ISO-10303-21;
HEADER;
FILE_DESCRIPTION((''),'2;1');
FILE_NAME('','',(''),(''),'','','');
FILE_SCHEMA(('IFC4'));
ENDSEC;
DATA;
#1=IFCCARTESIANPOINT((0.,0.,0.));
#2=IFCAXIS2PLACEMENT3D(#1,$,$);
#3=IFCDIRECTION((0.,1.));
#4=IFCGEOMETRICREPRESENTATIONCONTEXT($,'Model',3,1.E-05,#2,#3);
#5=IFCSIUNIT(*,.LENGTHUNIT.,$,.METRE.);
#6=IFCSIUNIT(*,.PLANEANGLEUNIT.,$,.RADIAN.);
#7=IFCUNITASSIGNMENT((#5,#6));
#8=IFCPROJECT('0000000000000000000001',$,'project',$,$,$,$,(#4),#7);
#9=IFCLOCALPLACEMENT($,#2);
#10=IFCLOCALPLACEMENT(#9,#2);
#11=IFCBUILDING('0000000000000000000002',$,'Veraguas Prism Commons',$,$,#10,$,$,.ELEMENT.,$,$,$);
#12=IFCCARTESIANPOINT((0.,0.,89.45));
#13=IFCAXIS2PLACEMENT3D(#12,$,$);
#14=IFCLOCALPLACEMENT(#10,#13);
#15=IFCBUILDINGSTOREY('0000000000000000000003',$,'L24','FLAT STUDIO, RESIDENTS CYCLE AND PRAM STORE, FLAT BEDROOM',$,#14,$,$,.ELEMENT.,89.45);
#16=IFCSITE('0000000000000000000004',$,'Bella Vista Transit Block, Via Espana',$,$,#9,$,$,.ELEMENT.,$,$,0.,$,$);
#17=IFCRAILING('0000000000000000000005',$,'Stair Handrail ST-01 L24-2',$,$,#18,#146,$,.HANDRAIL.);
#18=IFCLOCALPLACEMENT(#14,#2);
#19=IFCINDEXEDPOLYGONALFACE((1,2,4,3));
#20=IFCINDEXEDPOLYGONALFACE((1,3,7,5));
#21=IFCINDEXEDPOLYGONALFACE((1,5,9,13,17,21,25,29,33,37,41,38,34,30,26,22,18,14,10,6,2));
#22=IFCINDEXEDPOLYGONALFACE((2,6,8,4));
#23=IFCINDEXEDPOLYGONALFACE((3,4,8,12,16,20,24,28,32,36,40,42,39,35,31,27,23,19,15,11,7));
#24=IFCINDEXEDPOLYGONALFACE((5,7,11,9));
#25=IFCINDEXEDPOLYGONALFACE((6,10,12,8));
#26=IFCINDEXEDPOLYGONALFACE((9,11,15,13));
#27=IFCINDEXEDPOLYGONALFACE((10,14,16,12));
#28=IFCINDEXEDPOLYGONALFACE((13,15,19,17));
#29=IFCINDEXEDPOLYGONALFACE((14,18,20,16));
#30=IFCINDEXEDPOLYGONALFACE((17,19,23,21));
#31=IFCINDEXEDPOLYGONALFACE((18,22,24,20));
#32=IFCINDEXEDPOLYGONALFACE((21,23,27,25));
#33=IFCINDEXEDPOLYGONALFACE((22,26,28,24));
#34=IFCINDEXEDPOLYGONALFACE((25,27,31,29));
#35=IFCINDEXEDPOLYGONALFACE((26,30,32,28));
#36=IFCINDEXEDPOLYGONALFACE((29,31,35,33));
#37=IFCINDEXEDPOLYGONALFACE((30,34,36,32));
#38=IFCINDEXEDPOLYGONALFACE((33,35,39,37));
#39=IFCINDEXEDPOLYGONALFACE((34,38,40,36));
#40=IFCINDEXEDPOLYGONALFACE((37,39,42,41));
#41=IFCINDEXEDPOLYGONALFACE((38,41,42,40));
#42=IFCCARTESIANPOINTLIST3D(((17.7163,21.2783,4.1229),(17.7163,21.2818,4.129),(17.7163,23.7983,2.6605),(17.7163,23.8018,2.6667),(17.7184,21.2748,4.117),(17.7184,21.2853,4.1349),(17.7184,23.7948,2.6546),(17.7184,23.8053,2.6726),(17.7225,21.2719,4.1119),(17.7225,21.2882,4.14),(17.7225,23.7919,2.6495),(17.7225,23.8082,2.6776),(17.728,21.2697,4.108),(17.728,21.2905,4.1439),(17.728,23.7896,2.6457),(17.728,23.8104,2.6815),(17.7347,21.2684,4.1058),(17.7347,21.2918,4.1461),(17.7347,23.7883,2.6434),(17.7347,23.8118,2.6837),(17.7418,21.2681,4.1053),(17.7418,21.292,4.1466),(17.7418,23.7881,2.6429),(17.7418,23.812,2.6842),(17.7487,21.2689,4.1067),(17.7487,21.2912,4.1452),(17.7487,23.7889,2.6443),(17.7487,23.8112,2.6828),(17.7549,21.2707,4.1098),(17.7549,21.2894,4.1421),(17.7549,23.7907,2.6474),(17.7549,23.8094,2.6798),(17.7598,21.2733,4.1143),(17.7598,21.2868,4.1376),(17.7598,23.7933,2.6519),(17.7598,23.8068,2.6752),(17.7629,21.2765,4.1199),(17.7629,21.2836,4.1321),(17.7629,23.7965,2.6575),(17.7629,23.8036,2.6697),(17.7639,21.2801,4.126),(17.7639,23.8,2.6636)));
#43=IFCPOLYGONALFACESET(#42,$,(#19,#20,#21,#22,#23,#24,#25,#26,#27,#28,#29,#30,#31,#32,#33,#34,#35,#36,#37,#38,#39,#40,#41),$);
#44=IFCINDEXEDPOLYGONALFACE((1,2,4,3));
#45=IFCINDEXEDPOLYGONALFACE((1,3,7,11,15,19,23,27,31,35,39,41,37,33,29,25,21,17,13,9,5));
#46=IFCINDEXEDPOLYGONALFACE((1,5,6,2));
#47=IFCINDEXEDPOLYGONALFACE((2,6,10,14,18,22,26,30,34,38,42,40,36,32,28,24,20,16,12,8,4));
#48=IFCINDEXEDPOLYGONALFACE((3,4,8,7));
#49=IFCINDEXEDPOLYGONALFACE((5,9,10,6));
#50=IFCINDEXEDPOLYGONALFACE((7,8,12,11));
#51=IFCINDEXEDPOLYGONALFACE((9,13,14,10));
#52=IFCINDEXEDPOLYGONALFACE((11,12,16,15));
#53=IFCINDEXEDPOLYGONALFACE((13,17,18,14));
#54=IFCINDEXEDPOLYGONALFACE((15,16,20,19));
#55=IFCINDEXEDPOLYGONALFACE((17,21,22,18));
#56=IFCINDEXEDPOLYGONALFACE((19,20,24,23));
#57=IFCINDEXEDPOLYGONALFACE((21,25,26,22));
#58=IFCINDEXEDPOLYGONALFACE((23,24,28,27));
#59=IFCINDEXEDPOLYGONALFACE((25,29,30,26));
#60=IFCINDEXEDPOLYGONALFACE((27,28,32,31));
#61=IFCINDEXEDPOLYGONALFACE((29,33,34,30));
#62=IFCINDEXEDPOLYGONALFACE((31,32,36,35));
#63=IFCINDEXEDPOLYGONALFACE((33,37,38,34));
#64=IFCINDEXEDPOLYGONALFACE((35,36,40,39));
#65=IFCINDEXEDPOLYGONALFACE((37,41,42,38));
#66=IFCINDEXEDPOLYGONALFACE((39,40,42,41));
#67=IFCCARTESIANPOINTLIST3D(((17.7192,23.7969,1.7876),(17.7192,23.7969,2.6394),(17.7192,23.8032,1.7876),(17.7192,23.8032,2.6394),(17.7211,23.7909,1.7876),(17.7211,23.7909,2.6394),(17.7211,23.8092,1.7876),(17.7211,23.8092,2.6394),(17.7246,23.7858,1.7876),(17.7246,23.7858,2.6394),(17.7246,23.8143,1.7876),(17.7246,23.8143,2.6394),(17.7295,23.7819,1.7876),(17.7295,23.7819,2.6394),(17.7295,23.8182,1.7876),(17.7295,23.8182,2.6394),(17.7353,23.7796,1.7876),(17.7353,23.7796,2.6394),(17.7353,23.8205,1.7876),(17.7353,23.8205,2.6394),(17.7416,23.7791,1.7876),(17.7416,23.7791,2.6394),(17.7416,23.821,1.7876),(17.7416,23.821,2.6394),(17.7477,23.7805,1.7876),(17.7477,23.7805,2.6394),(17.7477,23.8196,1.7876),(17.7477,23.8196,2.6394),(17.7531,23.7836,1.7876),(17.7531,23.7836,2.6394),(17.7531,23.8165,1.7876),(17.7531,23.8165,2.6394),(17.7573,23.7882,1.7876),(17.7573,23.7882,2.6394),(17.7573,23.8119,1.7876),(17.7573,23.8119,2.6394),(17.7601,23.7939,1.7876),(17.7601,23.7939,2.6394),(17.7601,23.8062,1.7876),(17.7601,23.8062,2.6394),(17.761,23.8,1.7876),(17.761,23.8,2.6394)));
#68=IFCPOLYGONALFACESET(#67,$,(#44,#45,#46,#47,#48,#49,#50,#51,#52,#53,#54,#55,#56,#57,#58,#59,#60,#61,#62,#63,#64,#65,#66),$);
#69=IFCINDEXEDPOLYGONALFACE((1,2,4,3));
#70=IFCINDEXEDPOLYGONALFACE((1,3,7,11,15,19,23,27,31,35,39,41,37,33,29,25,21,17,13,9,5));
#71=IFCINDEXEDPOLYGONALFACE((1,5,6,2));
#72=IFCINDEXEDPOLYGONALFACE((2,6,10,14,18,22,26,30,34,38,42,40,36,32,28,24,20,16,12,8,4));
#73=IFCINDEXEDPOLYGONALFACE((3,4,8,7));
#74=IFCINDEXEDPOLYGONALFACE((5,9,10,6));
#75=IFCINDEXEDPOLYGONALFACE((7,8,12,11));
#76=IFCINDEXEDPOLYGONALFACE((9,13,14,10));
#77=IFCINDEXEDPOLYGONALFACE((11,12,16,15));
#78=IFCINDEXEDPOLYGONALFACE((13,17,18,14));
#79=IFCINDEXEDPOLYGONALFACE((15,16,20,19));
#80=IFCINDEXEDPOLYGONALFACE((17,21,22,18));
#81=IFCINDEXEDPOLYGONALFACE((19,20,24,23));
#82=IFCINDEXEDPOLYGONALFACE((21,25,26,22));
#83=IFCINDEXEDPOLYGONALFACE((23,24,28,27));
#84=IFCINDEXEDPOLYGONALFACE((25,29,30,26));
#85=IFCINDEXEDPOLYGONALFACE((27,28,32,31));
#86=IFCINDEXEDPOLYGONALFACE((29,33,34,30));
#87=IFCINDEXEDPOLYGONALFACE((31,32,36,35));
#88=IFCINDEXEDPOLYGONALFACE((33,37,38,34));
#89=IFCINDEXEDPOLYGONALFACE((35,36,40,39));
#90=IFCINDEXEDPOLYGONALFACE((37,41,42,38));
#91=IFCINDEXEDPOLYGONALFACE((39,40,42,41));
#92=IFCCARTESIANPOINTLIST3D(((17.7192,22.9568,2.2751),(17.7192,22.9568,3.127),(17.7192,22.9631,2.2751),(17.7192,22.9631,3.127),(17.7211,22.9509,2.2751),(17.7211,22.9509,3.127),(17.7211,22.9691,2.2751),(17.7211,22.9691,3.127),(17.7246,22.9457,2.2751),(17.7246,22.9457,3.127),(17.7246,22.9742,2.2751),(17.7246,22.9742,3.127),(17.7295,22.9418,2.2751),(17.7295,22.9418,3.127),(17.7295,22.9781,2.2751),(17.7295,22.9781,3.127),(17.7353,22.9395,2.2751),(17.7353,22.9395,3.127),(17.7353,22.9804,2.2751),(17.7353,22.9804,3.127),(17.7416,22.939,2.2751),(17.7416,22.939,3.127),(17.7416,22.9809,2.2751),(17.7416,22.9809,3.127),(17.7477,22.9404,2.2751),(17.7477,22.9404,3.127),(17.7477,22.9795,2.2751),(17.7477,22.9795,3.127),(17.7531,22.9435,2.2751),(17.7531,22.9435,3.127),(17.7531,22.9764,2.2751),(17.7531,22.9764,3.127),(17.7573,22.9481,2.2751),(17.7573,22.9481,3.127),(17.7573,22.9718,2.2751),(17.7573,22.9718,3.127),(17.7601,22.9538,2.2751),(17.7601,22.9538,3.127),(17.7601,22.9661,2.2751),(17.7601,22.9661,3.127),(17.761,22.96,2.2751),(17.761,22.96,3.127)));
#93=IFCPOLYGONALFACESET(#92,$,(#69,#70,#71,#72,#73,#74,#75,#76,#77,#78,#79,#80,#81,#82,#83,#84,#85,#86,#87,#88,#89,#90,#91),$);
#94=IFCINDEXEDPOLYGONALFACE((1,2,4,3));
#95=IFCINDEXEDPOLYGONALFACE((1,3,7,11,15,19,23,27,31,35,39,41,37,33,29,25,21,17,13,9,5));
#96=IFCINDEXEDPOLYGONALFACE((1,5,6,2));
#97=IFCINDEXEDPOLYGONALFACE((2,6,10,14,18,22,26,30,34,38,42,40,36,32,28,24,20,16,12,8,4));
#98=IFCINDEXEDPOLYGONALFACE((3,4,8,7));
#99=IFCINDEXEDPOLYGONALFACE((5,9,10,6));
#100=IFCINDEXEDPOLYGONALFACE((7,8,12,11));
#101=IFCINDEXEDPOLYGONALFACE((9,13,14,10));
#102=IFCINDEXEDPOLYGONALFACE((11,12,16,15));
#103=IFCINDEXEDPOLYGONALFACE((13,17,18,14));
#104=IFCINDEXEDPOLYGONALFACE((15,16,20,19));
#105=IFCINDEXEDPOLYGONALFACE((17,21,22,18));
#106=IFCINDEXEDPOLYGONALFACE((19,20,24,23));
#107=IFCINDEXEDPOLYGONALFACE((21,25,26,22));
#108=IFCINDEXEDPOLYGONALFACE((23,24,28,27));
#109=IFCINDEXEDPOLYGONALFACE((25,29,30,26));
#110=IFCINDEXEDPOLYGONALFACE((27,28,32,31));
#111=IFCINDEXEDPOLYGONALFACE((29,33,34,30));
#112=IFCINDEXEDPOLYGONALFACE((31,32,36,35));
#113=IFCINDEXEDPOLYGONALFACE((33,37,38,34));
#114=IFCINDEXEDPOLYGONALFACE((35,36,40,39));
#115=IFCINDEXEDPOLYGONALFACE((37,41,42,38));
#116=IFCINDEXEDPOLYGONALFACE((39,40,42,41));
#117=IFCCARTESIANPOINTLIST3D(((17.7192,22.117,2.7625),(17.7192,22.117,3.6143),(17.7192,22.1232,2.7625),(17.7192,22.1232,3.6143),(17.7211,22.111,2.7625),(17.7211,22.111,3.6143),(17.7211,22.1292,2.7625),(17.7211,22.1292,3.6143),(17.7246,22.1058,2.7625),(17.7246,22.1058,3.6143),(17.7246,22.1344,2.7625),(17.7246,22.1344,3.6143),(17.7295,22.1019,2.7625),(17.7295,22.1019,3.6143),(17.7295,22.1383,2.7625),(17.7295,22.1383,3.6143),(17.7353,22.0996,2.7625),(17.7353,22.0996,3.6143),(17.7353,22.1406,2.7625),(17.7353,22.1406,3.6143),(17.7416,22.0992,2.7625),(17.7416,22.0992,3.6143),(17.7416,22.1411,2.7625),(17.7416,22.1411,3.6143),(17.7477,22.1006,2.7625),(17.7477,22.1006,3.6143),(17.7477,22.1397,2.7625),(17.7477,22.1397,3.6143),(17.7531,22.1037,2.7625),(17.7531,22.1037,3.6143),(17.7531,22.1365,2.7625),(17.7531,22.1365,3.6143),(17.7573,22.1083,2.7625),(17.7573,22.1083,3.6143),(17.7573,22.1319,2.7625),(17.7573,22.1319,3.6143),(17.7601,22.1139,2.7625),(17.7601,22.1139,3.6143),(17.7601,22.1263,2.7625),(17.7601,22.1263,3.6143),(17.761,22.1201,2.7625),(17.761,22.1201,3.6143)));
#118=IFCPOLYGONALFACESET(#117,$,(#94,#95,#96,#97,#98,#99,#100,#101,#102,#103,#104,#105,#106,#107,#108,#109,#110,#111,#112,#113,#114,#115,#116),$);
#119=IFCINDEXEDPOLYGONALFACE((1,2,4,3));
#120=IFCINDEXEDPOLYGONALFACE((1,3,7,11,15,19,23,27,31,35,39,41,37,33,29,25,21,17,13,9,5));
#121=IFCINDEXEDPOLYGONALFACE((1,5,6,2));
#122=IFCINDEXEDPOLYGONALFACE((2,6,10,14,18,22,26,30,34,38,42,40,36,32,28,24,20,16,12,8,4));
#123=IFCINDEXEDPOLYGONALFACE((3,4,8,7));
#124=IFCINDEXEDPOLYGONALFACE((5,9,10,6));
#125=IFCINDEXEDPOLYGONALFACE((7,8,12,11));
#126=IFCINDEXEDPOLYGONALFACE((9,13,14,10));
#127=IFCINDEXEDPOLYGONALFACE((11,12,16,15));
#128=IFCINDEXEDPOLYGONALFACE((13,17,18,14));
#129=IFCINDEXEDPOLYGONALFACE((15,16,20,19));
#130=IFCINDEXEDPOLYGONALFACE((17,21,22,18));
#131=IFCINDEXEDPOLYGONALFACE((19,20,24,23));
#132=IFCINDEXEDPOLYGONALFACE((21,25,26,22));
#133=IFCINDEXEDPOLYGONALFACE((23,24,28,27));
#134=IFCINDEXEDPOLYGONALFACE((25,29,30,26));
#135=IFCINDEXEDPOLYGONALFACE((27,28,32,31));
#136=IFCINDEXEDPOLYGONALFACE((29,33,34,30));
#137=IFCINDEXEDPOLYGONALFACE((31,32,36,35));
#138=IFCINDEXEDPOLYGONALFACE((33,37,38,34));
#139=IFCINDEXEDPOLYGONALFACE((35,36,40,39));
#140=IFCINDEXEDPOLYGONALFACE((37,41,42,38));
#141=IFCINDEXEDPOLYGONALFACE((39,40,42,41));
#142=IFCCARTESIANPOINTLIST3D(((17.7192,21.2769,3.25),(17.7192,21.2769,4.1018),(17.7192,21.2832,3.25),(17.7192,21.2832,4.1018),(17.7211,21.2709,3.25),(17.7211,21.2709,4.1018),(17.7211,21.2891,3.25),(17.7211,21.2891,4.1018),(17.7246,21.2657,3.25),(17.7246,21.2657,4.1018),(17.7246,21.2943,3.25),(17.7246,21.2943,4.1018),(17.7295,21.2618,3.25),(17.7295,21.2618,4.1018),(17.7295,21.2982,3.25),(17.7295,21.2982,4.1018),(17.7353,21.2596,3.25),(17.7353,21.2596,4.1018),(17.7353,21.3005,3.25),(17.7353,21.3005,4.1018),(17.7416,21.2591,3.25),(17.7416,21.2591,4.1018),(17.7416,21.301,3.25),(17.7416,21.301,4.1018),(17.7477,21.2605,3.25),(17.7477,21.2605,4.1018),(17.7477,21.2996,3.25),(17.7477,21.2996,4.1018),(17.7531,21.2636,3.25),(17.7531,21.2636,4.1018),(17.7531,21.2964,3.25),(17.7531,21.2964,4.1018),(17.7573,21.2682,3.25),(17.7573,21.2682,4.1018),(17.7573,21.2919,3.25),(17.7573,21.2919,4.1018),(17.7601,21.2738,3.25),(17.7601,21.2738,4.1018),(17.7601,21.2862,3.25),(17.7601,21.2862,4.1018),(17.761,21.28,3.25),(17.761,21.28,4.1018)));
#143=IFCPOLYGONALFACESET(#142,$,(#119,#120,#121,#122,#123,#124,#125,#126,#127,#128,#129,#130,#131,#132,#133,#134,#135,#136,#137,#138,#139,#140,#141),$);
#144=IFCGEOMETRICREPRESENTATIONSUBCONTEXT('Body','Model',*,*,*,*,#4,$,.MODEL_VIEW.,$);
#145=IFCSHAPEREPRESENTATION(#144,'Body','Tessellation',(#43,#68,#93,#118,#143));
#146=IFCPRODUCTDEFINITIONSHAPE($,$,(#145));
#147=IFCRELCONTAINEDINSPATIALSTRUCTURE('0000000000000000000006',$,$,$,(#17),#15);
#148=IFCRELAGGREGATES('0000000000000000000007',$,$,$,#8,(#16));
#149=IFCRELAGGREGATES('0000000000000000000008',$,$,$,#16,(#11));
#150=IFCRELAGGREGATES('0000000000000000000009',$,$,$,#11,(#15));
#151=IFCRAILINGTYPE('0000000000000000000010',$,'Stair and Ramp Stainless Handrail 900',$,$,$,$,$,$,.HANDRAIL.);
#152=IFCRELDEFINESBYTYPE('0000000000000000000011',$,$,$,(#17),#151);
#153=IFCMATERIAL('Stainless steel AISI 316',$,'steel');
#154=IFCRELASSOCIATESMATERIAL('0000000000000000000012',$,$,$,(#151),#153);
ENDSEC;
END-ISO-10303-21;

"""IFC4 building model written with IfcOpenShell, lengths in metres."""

from ifc_helpers import new_model, si_unit, direction, frame, origin, origin_2d, place, context, subcontext, project, spatial, circle, extrude, material, type_object, element, save


model = new_model("IFC4")

# Units and contexts
model_context = context("Model", 3, precision=1e-05, world=origin(), true_north=direction((0.0, 1.0)))
body_context = subcontext(model_context, "Body", "Model", "MODEL_VIEW")
ifc_project = project(units=[si_unit("LENGTHUNIT", "METRE"), si_unit("PLANEANGLEUNIT", "RADIAN")], contexts=[model_context])

# Site, building, storey
site_placement = place(None, origin())
site = spatial("IfcSite", under=ifc_project, at=site_placement, Name="Bella Vista Transit Block, Via Espana", CompositionType="ELEMENT", RefElevation=0.0)
building_placement = place(site_placement, origin())
building = spatial("IfcBuilding", under=site, at=building_placement, Name="Veraguas Prism Commons", CompositionType="ELEMENT")
storey_placement = place(building_placement, frame((0.0, 0.0, 89.45)))
storey = spatial("IfcBuildingStorey", under=building, at=storey_placement, Name="L24", Description="FLAT STUDIO, RESIDENTS CYCLE AND PRAM STORE, FLAT BEDROOM", CompositionType="ELEMENT", Elevation=89.45)

# Railing
ifc_material_1 = material(Name="Stainless steel AISI 316", Category="steel")
railing_type_1 = type_object("IfcRailingType", Name="Stair and Ramp Stainless Handrail 900", PredefinedType="HANDRAIL", material=ifc_material_1)
railing_1_placement = place(storey_placement, frame((17.74, 23.8, 1.7876)))
element("IfcRailing", 1, at=railing_1_placement, inside=storey, type_object=railing_type_1, Name="Stair Handrail ST-01 L24-2", PredefinedType="HANDRAIL", context=body_context, shape_type="SweptSolid", body=[
    extrude(circle(Radius=0.0239, at=origin_2d()), frame((0.0, 0.0, 0.876), z_axis=(0.0, -0.864913, 0.501921), x_axis=(1.0, 0.0, 0.0)), (0.0, 0.0, 1.0), 2.9136),
    extrude(circle(Radius=0.021, at=origin_2d()), origin(), (0.0, 0.0, 1.0), 0.8518),
    extrude(circle(Radius=0.021, at=origin_2d()), frame((0.0, -0.8401, 0.4875)), (0.0, 0.0, 1.0), 0.8518),
    extrude(circle(Radius=0.021, at=origin_2d()), frame((0.0, -1.6799, 0.9749)), (0.0, 0.0, 1.0), 0.8518),
    extrude(circle(Radius=0.021, at=origin_2d()), frame((0.0, -2.52, 1.4624)), (0.0, 0.0, 1.0), 0.8518),
])

save(model, "model.ifc")
